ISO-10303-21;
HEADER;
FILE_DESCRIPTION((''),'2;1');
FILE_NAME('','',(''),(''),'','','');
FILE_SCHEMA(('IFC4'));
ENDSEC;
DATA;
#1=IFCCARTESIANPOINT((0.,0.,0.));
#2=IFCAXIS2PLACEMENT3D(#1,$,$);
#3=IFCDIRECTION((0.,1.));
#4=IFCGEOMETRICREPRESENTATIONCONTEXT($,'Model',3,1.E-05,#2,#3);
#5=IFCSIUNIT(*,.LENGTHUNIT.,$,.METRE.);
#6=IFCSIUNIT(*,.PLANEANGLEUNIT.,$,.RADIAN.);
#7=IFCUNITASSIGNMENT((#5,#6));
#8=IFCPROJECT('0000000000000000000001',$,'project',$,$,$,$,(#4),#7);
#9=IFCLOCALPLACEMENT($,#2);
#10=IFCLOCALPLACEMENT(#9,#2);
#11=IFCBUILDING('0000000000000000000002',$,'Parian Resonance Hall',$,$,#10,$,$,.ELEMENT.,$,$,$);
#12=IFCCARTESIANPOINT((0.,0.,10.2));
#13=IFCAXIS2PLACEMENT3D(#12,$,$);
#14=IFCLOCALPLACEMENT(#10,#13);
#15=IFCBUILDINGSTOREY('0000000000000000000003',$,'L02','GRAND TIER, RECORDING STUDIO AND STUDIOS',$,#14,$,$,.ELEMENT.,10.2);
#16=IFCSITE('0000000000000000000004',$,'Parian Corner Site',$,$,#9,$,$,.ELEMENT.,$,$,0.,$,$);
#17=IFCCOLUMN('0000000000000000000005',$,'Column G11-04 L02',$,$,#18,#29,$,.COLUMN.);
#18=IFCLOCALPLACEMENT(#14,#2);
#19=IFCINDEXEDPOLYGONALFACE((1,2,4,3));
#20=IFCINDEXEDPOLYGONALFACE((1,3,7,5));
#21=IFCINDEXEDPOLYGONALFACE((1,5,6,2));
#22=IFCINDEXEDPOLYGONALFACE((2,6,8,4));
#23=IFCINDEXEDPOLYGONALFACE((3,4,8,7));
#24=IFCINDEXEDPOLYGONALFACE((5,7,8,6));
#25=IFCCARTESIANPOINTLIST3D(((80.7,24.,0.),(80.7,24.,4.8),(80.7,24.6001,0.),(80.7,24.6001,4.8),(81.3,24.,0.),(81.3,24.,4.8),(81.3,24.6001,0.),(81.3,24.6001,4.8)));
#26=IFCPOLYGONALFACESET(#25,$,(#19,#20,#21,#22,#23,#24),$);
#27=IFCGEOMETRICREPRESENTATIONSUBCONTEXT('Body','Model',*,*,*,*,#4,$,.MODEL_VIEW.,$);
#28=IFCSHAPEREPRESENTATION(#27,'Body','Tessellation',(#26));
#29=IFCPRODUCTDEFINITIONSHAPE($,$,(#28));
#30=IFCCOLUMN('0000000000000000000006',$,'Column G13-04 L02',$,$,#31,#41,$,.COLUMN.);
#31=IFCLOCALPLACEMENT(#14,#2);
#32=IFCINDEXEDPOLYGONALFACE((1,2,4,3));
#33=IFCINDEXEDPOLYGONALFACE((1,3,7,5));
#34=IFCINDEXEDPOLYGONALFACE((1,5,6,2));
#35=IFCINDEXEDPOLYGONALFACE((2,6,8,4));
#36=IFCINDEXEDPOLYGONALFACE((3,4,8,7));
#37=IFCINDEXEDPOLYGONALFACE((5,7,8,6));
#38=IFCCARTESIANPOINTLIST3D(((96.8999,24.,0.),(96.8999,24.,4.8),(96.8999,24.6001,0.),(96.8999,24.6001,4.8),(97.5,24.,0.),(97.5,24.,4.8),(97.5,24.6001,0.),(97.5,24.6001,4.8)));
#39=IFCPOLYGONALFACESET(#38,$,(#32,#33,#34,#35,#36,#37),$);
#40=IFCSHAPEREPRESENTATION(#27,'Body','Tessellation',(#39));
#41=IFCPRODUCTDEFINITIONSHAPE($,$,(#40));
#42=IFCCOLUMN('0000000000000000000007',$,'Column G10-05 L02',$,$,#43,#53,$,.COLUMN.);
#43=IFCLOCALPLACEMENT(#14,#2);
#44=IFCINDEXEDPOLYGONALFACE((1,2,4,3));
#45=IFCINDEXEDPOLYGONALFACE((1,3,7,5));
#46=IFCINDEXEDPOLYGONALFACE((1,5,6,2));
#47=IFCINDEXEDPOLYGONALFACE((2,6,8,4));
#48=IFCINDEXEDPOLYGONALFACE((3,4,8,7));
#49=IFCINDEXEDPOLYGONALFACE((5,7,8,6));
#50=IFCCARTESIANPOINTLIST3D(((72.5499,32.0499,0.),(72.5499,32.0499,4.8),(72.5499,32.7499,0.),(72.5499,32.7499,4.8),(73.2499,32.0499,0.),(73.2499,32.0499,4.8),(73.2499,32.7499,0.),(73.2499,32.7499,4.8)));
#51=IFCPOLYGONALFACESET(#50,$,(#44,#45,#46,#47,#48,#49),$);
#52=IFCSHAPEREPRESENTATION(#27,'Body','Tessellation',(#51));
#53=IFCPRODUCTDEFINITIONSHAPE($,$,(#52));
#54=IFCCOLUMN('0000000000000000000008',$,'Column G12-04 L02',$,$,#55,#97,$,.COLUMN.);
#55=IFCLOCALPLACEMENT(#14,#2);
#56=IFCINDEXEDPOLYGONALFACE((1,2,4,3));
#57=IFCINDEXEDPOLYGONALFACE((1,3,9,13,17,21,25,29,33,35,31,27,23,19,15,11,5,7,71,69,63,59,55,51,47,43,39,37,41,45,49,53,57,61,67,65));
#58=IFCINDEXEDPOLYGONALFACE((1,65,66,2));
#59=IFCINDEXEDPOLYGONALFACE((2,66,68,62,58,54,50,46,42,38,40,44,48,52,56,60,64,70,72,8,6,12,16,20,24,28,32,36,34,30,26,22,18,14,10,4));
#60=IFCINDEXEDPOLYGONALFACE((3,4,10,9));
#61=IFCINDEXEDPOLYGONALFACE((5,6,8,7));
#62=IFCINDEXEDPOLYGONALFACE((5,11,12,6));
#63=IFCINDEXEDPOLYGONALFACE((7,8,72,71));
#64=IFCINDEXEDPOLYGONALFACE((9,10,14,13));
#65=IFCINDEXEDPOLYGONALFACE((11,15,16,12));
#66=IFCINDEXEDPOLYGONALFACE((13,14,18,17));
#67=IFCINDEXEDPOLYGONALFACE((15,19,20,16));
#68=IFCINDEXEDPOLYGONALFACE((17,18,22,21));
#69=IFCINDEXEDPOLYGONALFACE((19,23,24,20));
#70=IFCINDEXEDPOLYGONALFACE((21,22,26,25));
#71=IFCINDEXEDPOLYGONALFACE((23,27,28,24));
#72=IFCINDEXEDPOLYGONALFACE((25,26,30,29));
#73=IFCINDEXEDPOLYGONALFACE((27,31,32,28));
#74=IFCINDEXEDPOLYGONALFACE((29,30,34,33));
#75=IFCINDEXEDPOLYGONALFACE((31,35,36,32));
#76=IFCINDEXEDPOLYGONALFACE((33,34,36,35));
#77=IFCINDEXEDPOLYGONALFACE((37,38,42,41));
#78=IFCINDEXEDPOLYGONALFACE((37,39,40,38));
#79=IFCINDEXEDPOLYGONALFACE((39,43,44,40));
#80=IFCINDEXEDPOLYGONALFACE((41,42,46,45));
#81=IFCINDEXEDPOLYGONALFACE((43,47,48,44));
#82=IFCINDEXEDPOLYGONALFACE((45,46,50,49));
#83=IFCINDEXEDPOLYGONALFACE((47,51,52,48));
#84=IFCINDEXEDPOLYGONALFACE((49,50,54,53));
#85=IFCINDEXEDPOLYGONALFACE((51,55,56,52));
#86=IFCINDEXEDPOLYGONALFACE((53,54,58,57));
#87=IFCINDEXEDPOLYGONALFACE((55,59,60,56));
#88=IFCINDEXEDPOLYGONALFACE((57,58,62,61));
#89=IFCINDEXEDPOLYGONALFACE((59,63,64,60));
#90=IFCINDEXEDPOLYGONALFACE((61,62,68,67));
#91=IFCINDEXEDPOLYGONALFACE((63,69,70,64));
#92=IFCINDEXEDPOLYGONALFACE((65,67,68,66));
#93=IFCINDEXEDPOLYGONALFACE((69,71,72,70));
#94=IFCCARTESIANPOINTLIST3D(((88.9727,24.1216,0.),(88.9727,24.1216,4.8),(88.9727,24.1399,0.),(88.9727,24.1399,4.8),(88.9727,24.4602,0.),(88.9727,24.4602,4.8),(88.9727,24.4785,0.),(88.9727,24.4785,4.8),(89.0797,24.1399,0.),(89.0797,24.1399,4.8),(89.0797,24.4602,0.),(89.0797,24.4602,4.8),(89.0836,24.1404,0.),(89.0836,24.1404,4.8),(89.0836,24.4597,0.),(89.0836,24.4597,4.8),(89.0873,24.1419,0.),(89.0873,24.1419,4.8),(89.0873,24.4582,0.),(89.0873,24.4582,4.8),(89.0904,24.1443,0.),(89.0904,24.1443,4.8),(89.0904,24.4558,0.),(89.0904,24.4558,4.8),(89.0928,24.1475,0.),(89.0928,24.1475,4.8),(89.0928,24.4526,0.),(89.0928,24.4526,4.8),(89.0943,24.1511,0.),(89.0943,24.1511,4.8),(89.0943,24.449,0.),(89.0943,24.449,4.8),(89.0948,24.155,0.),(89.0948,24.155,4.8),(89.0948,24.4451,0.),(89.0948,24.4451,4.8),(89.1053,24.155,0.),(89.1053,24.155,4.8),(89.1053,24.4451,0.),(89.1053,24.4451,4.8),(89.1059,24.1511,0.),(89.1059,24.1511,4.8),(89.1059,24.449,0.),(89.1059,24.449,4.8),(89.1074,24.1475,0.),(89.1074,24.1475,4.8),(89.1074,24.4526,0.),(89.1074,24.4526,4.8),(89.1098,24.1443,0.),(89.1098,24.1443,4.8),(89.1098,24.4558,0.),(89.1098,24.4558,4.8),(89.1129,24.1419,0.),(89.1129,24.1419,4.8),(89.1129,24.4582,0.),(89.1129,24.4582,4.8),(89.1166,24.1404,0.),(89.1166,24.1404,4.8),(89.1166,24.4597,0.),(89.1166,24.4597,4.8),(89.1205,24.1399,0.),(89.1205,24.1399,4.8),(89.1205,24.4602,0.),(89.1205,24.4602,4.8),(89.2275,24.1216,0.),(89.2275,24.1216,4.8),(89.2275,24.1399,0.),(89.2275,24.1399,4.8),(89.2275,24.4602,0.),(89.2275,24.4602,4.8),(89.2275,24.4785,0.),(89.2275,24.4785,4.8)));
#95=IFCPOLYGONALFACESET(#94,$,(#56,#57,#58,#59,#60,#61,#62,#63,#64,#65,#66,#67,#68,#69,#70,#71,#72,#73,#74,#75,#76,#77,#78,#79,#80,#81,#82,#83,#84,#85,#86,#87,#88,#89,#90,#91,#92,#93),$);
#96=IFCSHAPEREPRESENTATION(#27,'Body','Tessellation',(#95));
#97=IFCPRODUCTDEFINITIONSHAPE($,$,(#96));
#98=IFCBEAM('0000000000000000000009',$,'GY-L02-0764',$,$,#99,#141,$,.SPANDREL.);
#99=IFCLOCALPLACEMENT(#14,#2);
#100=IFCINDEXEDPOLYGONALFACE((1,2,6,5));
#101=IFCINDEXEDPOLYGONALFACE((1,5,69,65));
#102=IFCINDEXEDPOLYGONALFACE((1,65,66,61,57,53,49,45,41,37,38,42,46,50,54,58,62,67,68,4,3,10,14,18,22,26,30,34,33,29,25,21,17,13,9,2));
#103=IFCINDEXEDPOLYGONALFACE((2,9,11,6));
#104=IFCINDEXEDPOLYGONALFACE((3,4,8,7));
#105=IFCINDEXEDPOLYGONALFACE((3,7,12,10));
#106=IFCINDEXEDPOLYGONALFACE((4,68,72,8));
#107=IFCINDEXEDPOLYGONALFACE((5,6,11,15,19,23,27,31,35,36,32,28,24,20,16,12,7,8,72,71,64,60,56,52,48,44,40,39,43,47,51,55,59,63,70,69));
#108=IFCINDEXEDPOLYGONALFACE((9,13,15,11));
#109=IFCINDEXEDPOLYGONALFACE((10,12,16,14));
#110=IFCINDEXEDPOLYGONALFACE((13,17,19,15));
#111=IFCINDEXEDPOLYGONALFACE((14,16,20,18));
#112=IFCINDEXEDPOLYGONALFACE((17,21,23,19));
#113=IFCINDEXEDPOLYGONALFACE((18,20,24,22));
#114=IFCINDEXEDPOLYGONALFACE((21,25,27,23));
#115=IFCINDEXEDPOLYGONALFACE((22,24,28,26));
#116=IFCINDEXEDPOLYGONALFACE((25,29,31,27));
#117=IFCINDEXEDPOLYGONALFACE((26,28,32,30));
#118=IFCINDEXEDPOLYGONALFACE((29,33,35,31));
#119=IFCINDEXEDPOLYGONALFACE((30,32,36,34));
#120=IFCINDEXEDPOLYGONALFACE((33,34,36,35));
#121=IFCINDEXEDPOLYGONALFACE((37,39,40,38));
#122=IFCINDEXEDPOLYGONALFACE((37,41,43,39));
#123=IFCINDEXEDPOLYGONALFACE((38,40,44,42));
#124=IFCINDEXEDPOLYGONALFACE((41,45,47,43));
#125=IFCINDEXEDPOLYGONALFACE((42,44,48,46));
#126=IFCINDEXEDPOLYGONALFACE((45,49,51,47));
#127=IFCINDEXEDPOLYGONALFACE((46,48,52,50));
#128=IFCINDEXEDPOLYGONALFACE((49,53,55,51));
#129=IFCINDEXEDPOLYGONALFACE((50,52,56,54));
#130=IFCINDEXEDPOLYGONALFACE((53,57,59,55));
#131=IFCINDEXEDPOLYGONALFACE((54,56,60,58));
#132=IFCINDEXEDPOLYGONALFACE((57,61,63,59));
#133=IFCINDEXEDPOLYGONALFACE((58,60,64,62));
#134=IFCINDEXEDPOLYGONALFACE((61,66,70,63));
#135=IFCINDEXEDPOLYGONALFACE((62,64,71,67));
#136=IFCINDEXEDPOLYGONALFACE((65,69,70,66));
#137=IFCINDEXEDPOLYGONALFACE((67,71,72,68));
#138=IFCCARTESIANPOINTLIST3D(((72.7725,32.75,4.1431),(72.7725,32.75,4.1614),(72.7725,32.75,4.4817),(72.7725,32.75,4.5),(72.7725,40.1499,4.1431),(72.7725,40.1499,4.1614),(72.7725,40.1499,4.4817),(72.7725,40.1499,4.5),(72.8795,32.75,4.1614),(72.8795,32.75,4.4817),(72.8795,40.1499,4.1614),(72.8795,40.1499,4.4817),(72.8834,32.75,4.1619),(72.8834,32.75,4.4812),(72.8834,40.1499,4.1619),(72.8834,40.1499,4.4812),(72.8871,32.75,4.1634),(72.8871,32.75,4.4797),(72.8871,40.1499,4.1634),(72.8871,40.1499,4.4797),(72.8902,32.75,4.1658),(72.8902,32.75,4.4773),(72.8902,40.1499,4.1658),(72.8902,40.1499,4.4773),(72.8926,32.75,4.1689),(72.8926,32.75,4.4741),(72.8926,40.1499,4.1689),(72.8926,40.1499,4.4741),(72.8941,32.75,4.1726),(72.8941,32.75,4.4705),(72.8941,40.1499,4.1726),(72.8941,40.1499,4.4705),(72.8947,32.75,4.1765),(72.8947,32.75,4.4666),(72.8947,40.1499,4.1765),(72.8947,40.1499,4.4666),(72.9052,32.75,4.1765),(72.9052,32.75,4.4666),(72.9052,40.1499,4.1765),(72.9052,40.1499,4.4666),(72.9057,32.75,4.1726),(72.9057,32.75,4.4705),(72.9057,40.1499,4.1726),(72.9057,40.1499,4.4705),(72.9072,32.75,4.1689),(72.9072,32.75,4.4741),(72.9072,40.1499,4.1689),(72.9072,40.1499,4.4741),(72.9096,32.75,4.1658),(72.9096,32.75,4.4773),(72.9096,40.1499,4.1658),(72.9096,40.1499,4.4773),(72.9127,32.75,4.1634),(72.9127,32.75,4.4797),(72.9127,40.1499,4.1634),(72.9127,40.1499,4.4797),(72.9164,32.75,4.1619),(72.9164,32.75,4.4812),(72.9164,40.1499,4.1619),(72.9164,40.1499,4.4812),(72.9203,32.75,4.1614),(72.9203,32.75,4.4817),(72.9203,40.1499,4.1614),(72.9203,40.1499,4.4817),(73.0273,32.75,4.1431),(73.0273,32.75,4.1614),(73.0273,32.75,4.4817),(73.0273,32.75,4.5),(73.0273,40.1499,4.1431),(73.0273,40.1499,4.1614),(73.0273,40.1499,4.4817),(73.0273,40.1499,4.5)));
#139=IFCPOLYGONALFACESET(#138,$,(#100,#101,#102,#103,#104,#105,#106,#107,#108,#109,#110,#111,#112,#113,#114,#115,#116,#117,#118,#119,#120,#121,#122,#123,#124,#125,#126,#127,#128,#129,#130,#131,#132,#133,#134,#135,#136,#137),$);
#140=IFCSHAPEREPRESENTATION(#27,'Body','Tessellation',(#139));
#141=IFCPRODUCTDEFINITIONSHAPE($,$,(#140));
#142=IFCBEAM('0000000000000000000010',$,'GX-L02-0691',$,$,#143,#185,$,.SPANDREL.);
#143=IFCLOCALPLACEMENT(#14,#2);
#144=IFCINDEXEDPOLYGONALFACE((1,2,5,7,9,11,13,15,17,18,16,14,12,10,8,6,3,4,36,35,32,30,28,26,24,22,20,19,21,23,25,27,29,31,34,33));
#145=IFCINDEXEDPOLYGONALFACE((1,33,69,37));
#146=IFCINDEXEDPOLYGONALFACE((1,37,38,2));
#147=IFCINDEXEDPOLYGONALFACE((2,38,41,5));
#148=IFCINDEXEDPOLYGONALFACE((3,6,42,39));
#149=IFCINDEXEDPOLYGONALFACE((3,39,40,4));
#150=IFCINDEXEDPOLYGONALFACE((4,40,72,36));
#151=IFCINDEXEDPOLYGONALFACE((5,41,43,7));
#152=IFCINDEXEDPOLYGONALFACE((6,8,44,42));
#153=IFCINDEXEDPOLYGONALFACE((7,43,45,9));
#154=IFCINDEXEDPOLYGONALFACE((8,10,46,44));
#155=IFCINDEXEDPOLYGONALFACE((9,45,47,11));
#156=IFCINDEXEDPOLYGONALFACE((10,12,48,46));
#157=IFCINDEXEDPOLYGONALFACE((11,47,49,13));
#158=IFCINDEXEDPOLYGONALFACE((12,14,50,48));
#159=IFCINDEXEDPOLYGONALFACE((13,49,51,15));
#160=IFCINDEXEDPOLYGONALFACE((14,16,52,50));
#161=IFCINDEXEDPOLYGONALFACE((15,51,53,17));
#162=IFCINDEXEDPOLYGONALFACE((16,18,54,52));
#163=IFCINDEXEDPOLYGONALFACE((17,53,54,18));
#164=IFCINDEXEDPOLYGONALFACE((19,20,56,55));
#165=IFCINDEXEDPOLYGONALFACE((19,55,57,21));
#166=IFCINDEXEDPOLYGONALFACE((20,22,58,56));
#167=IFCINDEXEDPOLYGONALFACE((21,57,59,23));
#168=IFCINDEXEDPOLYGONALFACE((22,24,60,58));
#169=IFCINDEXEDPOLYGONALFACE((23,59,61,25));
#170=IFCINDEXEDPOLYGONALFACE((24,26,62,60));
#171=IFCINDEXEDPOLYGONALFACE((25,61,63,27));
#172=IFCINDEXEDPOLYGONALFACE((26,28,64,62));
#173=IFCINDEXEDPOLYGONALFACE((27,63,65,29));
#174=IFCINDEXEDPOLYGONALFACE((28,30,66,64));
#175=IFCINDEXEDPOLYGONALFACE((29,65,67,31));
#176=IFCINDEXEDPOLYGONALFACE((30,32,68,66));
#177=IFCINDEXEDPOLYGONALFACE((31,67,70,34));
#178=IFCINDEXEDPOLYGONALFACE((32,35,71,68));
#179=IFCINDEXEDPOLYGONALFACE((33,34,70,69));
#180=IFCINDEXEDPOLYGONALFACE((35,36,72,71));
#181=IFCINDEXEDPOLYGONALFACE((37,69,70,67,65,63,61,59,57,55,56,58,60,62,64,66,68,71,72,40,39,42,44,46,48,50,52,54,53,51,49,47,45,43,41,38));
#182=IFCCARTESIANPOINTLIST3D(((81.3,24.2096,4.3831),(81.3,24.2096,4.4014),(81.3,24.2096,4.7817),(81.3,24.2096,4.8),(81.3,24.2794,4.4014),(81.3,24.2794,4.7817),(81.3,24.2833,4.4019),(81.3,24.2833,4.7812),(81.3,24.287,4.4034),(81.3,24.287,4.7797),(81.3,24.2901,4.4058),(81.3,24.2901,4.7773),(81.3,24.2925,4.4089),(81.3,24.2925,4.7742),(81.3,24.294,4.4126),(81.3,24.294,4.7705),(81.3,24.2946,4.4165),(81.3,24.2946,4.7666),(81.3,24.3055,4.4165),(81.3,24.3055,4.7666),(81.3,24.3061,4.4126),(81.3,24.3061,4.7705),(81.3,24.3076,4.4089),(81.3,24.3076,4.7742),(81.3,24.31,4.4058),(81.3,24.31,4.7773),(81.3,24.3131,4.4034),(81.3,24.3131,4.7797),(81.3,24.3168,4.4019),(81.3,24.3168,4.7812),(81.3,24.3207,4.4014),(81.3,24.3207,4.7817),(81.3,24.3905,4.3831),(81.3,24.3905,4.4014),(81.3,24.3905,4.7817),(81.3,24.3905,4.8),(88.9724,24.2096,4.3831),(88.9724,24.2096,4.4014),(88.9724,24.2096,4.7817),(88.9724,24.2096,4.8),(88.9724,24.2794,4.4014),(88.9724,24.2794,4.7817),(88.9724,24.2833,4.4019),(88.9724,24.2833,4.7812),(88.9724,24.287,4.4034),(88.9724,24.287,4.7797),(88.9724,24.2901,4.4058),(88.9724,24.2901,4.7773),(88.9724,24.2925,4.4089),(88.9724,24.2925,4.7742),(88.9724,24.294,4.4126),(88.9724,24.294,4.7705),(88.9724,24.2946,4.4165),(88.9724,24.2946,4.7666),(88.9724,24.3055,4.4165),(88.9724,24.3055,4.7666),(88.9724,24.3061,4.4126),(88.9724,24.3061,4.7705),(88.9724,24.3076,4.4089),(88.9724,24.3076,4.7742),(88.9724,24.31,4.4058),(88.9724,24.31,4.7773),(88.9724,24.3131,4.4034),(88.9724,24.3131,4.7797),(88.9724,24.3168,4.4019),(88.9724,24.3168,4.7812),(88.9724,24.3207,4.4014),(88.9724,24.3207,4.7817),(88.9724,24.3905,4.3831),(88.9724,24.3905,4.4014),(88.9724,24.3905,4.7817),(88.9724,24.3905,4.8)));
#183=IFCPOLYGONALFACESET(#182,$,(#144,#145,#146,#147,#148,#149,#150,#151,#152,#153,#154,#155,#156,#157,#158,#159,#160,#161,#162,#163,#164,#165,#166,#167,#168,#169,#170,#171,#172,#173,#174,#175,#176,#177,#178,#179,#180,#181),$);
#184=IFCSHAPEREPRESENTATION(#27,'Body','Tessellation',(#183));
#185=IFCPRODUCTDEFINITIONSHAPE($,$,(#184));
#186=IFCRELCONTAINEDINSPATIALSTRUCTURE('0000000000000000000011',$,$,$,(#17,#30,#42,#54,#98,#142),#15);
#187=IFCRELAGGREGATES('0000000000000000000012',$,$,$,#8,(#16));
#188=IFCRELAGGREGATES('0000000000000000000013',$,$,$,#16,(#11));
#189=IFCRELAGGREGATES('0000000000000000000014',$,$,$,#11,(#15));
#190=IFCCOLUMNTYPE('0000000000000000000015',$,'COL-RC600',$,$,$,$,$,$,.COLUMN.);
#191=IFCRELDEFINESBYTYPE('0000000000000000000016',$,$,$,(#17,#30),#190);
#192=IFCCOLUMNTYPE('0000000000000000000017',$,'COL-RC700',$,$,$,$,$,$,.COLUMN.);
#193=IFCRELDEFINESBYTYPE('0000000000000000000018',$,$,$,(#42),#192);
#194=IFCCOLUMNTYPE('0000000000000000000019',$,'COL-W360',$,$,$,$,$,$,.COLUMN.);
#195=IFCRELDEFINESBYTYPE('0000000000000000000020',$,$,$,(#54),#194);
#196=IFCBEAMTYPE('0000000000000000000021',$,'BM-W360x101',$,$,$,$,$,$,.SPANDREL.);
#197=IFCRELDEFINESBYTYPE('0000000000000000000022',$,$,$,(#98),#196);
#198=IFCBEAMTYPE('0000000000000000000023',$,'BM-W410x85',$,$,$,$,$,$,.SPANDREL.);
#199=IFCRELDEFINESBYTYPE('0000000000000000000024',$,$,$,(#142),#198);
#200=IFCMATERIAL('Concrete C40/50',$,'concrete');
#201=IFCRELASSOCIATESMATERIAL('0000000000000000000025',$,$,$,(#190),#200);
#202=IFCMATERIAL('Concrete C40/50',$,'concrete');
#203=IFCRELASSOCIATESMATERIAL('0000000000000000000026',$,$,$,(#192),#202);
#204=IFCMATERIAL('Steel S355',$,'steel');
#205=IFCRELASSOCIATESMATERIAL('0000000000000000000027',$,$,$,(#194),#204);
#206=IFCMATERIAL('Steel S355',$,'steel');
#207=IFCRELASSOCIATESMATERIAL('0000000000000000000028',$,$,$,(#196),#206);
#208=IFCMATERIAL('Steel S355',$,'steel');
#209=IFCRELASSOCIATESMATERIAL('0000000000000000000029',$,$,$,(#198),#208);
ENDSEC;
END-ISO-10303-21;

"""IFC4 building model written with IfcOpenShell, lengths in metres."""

from ifc_helpers import new_model, si_unit, direction, frame, origin, origin_2d, place, context, subcontext, project, spatial, rectangle, i_section, extrude, material, material_profile, profile_set, type_object, element, save


model = new_model("IFC4")

# Units and contexts
model_context = context("Model", 3, precision=1e-05, world=origin(), true_north=direction((0.0, 1.0)))
body_context = subcontext(model_context, "Body", "Model", "MODEL_VIEW")
ifc_project = project(units=[si_unit("LENGTHUNIT", "METRE"), si_unit("PLANEANGLEUNIT", "RADIAN")], contexts=[model_context])

# Site, building, storey
site_placement = place(None, origin())
site = spatial("IfcSite", under=ifc_project, at=site_placement, Name="Parian Corner Site", CompositionType="ELEMENT", RefElevation=0.0)
building_placement = place(site_placement, origin())
building = spatial("IfcBuilding", under=site, at=building_placement, Name="Parian Resonance Hall", CompositionType="ELEMENT")
storey_placement = place(building_placement, frame((0.0, 0.0, 10.2)))
storey = spatial("IfcBuildingStorey", under=building, at=storey_placement, Name="L02", Description="GRAND TIER, RECORDING STUDIO AND STUDIOS", CompositionType="ELEMENT", Elevation=10.2)

# Columns
ifc_material_1 = material(Name="Concrete C40/50", Category="concrete")
ifc_material_profile_1 = material_profile(ifc_material_1, rectangle(XDim=0.6001, YDim=0.6001, at=origin_2d()), Name="RC-COL-600x600")
ifc_profile_set_1 = profile_set([ifc_material_profile_1], Name="Concrete C40/50")
column_type_1 = type_object("IfcColumnType", Name="COL-RC600", PredefinedType="COLUMN", material=ifc_profile_set_1)
for number, where, z_axis, x_axis, name in (
    (1, (81.0, 24.3, 0.0), (0.0, 0.0, 1.0), (1.0, 0.0, 0.0), "Column G11-04 L02"),
    (2, (97.2, 24.3, 0.0), (0.0, 0.0, 1.0), (1.0, 0.0, 0.0), "Column G13-04 L02"),
):
    element("IfcColumn", number, at=place(storey_placement, frame(where, z_axis=z_axis, x_axis=x_axis)), inside=storey, type_object=column_type_1, Name=name, PredefinedType="COLUMN", context=body_context, shape_type="SweptSolid", body=[
        extrude(rectangle(XDim=0.6001, YDim=0.6001, at=origin_2d()), origin(), (0.0, 0.0, 1.0), 4.8),
    ])
ifc_material_2 = material(Name="Concrete C40/50", Category="concrete")
ifc_material_profile_2 = material_profile(ifc_material_2, rectangle(XDim=0.7, YDim=0.7, at=origin_2d()), Name="RC-COL-700x700")
ifc_profile_set_2 = profile_set([ifc_material_profile_2], Name="Concrete C40/50")
column_type_2 = type_object("IfcColumnType", Name="COL-RC700", PredefinedType="COLUMN", material=ifc_profile_set_2)
column_1_placement = place(storey_placement, frame((72.8999, 32.3999, 0.0), z_axis=(0.0, 0.0, 1.0), x_axis=(1.0, 0.0, 0.0)))
element("IfcColumn", 3, at=column_1_placement, inside=storey, type_object=column_type_2, Name="Column G10-05 L02", PredefinedType="COLUMN", context=body_context, shape_type="SweptSolid", body=[
    extrude(rectangle(XDim=0.7, YDim=0.7, at=origin_2d()), origin(), (0.0, 0.0, 1.0), 4.8),
])
ifc_material_3 = material(Name="Steel S355", Category="steel")
ifc_material_profile_3 = material_profile(ifc_material_3, i_section(OverallWidth=0.2549, OverallDepth=0.3569, WebThickness=0.0105, FlangeThickness=0.0183, FilletRadius=0.0151, at=origin_2d()), Name="W360x101")
ifc_profile_set_3 = profile_set([ifc_material_profile_3], Name="Steel S355")
column_type_3 = type_object("IfcColumnType", Name="COL-W360", PredefinedType="COLUMN", material=ifc_profile_set_3)
column_2_placement = place(storey_placement, frame((89.1001, 24.3, 0.0), z_axis=(0.0, 0.0, 1.0), x_axis=(1.0, 0.0, 0.0)))
element("IfcColumn", 4, at=column_2_placement, inside=storey, type_object=column_type_3, Name="Column G12-04 L02", PredefinedType="COLUMN", context=body_context, shape_type="SweptSolid", body=[
    extrude(i_section(OverallWidth=0.2549, OverallDepth=0.3569, WebThickness=0.0105, FlangeThickness=0.0183, FilletRadius=0.0151, at=origin_2d()), origin(), (0.0, 0.0, 1.0), 4.8),
])

# Beams
ifc_material_4 = material(Name="Steel S355", Category="steel")
ifc_material_profile_4 = material_profile(ifc_material_4, i_section(OverallWidth=0.2549, OverallDepth=0.3569, WebThickness=0.0105, FlangeThickness=0.0183, FilletRadius=0.0151, at=origin_2d()), Name="W360x101")
ifc_profile_set_4 = profile_set([ifc_material_profile_4], Name="Steel S355")
beam_type_1 = type_object("IfcBeamType", Name="BM-W360x101", PredefinedType="SPANDREL", material=ifc_profile_set_4)
beam_1_placement = place(storey_placement, frame((72.8999, 32.75, 4.3215), z_axis=(0.0, 1.0, 0.0), x_axis=(-1.0, 0.0, 0.0)))
element("IfcBeam", 5, at=beam_1_placement, inside=storey, type_object=beam_type_1, Name="GY-L02-0764", PredefinedType="SPANDREL", context=body_context, shape_type="SweptSolid", body=[
    extrude(i_section(OverallWidth=0.2549, OverallDepth=0.3569, WebThickness=0.0105, FlangeThickness=0.0183, FilletRadius=0.0151, at=origin_2d()), origin(), (0.0, 0.0, 1.0), 7.3999),
])
ifc_material_5 = material(Name="Steel S355", Category="steel")
ifc_material_profile_5 = material_profile(ifc_material_5, i_section(OverallWidth=0.1809, OverallDepth=0.417, WebThickness=0.011, FlangeThickness=0.0183, FilletRadius=0.0151, at=origin_2d()), Name="W410x85")
ifc_profile_set_5 = profile_set([ifc_material_profile_5], Name="Steel S355")
beam_type_2 = type_object("IfcBeamType", Name="BM-W410x85", PredefinedType="SPANDREL", material=ifc_profile_set_5)
beam_2_placement = place(storey_placement, frame((81.3, 24.3, 4.5916), z_axis=(1.0, 0.0, 0.0), x_axis=(0.0, 1.0, 0.0)))
element("IfcBeam", 6, at=beam_2_placement, inside=storey, type_object=beam_type_2, Name="GX-L02-0691", PredefinedType="SPANDREL", context=body_context, shape_type="SweptSolid", body=[
    extrude(i_section(OverallWidth=0.1809, OverallDepth=0.417, WebThickness=0.011, FlangeThickness=0.0183, FilletRadius=0.0151, at=origin_2d()), origin(), (0.0, 0.0, 1.0), 7.6724),
])

save(model, "model.ifc")
